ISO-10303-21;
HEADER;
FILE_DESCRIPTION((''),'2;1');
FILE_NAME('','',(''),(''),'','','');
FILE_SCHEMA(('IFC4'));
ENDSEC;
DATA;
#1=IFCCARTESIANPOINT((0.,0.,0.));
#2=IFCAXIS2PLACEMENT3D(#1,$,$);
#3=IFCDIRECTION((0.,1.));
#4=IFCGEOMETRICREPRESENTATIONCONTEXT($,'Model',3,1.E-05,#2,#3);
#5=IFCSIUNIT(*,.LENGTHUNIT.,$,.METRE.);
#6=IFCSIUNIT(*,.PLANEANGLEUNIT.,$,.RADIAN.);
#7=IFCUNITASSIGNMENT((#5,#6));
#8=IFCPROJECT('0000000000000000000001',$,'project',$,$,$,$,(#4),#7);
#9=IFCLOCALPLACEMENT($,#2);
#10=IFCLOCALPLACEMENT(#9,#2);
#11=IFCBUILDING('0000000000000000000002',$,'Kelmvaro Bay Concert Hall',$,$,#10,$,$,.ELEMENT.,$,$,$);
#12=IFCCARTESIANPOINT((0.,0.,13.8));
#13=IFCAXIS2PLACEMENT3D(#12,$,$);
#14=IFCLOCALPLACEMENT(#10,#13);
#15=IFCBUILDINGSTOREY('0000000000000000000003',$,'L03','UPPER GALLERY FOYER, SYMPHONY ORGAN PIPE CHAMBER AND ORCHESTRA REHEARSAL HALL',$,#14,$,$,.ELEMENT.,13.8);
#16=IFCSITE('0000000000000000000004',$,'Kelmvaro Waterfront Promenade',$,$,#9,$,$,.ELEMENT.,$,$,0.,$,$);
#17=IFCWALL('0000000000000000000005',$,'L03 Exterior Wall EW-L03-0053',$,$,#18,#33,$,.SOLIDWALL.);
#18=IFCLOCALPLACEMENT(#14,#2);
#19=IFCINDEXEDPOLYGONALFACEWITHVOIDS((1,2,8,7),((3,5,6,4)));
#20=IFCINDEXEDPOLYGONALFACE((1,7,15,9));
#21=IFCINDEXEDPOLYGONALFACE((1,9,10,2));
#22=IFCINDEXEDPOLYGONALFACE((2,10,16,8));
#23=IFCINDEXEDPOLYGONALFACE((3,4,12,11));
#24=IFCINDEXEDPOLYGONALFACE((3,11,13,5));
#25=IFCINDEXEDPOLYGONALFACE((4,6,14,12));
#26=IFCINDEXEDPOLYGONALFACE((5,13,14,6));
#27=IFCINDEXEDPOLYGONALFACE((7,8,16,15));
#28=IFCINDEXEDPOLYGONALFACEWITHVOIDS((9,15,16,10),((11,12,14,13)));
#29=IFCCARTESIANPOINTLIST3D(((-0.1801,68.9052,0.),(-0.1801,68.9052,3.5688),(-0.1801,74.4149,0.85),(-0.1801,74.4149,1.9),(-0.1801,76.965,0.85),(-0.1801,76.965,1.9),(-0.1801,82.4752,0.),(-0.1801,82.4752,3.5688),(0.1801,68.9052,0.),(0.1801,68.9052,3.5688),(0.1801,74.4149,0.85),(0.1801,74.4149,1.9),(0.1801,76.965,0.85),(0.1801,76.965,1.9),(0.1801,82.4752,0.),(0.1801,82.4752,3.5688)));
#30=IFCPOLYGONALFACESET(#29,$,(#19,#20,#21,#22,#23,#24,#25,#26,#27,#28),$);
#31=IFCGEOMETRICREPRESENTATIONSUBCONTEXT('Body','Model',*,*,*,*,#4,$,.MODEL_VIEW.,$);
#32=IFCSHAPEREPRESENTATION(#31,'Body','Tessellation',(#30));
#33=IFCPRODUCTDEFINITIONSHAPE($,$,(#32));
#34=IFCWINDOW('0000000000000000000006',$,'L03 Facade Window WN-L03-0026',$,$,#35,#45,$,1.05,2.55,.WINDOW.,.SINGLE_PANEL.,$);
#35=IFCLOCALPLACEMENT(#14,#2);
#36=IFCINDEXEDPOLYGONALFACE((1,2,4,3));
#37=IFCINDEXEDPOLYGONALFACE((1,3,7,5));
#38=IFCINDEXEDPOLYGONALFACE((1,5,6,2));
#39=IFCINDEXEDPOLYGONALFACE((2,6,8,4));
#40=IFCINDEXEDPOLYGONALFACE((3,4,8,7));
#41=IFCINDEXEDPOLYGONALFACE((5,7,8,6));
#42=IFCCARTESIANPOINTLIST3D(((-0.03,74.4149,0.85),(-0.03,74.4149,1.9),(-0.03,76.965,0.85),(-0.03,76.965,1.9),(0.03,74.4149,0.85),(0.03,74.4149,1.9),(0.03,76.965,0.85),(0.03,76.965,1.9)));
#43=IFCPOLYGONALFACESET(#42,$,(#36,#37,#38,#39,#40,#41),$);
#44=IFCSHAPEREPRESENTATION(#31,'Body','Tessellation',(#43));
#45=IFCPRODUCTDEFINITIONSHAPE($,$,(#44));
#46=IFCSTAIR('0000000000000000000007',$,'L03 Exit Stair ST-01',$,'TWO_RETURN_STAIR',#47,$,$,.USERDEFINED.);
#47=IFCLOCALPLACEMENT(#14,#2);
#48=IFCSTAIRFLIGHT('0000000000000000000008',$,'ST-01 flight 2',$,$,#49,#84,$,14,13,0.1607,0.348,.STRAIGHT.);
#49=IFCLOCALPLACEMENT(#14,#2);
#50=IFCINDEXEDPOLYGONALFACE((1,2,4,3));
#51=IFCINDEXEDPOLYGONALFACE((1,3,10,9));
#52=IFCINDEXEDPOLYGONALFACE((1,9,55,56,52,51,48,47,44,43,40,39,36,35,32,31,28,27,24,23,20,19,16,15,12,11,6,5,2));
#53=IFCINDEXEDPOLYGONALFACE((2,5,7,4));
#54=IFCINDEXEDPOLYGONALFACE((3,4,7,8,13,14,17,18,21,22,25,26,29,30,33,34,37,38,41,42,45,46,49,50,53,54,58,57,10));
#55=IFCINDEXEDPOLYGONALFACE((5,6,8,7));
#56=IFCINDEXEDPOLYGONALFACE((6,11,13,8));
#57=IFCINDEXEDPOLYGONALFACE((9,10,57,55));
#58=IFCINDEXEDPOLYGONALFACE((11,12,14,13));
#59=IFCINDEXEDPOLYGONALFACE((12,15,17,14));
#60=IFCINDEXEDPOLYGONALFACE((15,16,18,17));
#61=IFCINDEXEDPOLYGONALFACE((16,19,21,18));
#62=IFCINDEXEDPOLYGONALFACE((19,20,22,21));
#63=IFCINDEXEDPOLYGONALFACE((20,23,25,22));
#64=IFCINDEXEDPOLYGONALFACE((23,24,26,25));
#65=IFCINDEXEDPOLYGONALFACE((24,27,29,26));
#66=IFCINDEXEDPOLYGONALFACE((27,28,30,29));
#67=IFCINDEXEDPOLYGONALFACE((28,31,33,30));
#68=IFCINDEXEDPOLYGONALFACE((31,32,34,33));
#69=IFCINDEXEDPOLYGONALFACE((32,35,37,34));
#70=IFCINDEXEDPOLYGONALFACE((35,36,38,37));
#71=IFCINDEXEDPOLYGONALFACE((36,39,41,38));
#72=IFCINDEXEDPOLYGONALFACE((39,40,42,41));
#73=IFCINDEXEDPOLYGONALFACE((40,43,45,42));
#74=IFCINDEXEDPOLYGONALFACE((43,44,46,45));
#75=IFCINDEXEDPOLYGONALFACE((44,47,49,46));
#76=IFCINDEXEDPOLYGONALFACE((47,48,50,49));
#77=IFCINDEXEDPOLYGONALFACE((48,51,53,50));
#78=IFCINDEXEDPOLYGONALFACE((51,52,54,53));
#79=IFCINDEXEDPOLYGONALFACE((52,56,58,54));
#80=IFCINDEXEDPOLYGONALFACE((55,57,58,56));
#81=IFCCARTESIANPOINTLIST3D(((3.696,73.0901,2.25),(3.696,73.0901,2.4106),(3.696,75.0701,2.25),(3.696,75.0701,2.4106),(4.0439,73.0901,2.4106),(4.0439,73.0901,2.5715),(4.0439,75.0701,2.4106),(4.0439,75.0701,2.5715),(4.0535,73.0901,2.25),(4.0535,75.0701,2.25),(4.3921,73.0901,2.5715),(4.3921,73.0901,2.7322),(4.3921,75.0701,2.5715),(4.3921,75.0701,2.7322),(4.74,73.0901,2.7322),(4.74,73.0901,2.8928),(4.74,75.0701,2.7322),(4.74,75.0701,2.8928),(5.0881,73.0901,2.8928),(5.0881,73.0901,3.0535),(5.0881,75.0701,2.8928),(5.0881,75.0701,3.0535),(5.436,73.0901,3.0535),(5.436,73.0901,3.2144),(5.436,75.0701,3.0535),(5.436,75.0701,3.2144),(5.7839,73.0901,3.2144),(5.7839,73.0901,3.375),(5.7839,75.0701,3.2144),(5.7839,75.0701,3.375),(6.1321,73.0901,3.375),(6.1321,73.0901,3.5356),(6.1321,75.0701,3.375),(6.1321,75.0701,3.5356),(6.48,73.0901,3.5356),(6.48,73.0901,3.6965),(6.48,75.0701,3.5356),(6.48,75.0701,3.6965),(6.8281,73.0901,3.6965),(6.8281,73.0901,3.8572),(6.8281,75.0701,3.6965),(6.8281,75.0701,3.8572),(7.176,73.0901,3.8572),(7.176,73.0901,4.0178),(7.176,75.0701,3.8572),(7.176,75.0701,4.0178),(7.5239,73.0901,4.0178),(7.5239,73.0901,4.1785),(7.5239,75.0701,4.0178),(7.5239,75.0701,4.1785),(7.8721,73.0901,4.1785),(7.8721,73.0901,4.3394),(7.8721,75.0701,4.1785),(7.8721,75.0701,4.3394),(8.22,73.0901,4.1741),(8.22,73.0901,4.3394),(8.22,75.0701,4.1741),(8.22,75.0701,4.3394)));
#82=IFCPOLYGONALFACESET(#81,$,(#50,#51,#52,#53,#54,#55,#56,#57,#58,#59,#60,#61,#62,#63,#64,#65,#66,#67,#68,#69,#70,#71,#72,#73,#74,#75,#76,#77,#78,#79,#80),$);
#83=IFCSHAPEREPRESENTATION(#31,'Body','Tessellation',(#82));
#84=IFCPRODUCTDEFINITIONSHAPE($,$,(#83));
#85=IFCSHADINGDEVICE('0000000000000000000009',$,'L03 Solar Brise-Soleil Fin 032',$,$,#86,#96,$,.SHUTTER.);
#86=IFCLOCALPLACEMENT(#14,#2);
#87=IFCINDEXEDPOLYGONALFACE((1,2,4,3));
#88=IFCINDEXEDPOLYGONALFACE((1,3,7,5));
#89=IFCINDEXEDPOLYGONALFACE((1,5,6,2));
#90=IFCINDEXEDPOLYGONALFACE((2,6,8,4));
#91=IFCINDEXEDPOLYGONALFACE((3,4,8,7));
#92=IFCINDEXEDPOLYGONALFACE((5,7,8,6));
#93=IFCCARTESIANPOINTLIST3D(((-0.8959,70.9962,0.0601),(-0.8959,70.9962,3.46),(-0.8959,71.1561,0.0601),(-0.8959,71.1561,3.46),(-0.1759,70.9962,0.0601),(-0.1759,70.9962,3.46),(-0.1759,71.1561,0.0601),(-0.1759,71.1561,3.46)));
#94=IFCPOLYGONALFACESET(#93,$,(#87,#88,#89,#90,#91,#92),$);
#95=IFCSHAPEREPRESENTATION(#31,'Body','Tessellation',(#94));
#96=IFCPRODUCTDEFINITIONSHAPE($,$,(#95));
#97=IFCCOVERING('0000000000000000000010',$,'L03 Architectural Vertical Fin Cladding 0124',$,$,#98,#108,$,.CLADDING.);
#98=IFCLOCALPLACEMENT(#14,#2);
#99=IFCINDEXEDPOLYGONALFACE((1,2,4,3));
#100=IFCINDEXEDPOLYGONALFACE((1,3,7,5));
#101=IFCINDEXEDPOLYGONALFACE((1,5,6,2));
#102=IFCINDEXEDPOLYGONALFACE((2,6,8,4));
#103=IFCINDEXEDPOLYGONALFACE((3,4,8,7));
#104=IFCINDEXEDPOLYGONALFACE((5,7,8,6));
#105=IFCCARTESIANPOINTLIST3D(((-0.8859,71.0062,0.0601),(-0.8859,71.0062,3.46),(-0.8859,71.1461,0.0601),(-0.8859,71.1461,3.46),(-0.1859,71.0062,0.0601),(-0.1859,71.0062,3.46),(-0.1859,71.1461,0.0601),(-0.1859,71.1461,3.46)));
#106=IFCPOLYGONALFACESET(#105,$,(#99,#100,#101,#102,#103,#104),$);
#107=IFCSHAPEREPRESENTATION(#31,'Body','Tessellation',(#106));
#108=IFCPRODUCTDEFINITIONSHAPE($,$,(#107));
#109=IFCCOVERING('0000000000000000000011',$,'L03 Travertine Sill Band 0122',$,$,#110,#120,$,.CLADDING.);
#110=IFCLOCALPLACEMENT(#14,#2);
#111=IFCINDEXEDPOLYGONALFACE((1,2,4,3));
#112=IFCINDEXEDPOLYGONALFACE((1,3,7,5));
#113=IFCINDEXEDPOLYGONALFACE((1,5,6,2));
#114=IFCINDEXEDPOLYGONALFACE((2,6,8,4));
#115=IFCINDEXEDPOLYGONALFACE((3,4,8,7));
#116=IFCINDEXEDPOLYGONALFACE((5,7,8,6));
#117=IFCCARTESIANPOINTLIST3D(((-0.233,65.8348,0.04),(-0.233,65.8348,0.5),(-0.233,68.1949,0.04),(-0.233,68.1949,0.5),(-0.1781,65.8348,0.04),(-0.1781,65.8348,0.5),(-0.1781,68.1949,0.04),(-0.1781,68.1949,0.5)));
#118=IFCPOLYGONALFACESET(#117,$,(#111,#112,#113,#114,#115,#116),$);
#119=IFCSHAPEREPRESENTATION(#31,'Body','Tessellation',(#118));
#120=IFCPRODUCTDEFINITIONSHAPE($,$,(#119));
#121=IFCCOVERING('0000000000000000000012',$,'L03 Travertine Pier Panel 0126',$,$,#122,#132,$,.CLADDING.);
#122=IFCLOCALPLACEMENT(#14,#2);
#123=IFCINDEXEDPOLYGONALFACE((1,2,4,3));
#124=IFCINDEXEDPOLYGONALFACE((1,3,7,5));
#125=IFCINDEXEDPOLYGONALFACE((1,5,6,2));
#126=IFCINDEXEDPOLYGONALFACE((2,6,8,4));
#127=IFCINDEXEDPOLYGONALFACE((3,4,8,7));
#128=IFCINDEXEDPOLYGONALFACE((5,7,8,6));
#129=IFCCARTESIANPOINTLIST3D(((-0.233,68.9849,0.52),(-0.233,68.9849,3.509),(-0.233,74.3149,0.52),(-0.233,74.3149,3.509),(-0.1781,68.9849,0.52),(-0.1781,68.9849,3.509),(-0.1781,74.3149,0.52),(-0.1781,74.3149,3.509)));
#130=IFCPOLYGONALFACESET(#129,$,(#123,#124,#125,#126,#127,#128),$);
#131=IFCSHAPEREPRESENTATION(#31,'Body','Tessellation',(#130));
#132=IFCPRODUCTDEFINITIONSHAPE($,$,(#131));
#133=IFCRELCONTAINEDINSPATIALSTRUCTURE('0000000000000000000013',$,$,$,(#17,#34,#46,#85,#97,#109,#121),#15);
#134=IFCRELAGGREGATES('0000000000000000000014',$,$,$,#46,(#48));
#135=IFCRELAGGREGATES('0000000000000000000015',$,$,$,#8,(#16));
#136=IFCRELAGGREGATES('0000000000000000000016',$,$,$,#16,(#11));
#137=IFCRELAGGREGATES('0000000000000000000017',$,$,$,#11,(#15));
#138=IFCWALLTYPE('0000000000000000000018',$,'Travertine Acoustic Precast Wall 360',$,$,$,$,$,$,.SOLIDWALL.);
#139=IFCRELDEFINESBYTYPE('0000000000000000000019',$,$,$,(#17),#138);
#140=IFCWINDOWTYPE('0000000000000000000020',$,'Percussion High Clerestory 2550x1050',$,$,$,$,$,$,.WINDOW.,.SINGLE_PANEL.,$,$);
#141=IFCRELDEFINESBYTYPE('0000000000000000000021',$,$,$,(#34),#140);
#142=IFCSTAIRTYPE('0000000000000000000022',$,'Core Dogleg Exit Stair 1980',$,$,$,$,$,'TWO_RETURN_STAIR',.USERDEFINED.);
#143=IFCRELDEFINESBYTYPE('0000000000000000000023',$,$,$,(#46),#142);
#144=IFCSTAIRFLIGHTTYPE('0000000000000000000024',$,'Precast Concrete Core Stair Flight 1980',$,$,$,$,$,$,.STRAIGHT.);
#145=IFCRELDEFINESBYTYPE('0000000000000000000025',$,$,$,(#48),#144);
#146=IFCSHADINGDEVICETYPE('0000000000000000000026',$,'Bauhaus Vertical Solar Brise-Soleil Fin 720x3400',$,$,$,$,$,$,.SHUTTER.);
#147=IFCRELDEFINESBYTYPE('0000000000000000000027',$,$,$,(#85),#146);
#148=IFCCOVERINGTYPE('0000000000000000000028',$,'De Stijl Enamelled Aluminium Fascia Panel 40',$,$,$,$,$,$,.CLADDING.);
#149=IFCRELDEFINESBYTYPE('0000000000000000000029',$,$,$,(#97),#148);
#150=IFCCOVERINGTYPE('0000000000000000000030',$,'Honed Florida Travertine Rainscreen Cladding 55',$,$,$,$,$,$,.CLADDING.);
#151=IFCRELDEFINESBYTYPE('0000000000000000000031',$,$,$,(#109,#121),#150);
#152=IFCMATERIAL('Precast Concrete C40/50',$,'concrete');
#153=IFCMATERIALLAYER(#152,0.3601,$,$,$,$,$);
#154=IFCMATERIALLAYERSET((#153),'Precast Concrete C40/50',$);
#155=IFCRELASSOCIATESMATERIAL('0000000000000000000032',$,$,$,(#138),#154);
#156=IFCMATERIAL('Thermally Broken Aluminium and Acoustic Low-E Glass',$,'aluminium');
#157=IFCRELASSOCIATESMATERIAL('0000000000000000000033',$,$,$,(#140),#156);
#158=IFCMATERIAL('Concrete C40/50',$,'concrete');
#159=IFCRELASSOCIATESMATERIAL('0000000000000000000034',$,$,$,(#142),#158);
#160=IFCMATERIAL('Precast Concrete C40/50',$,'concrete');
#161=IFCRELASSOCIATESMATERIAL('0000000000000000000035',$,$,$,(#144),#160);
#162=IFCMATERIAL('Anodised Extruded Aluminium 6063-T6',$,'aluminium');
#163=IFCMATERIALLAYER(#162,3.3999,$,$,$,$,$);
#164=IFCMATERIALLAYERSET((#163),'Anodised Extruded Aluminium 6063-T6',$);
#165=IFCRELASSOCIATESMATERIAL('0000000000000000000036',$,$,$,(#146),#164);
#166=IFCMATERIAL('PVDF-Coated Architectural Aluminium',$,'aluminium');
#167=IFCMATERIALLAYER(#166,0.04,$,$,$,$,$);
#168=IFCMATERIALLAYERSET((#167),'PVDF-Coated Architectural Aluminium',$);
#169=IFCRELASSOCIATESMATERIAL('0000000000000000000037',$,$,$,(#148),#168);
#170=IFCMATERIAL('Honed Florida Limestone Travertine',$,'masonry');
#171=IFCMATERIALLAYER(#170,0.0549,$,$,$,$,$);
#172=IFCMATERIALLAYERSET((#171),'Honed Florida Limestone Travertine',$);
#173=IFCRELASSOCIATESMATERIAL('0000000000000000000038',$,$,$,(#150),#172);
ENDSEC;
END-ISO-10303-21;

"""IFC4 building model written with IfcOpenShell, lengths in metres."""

from ifc_helpers import new_model, si_unit, direction, frame, frame_2d, origin, origin_2d, place, context, subcontext, project, spatial, polyline, rectangle, outline, extrude, material, layer, layer_set, type_object, element, fill, aggregate, save


model = new_model("IFC4")

# Units and contexts
model_context = context("Model", 3, precision=1e-05, world=origin(), true_north=direction((0.0, 1.0)))
body_context = subcontext(model_context, "Body", "Model", "MODEL_VIEW")
ifc_project = project(units=[si_unit("LENGTHUNIT", "METRE"), si_unit("PLANEANGLEUNIT", "RADIAN")], contexts=[model_context])

# Site, building, storey
site_placement = place(None, origin())
site = spatial("IfcSite", under=ifc_project, at=site_placement, Name="Kelmvaro Waterfront Promenade", CompositionType="ELEMENT", RefElevation=0.0)
building_placement = place(site_placement, origin())
building = spatial("IfcBuilding", under=site, at=building_placement, Name="Kelmvaro Bay Concert Hall", CompositionType="ELEMENT")
storey_placement = place(building_placement, frame((0.0, 0.0, 13.8)))
storey = spatial("IfcBuildingStorey", under=building, at=storey_placement, Name="L03", Description="UPPER GALLERY FOYER, SYMPHONY ORGAN PIPE CHAMBER AND ORCHESTRA REHEARSAL HALL", CompositionType="ELEMENT", Elevation=13.8)

# Shared definitions
ifc_material_1 = material(Name="Precast Concrete C40/50", Category="concrete")
ifc_layer_1 = layer(ifc_material_1, 0.3601)
ifc_layer_set_1 = layer_set([ifc_layer_1], Name="Precast Concrete C40/50")
wall_type_1 = type_object("IfcWallType", Name="Travertine Acoustic Precast Wall 360", PredefinedType="SOLIDWALL", material=ifc_layer_set_1)

# Wall, opening, window
wall_1_placement = place(storey_placement, frame((0.0, 68.905, 0.0), z_axis=(0.0, 0.0, 1.0), x_axis=(0.0, 1.0, 0.0)))
wall_1 = element("IfcWall", 1, at=wall_1_placement, inside=storey, type_object=wall_type_1, Name="L03 Exterior Wall EW-L03-0053", PredefinedType="SOLIDWALL", context=body_context, shape_type="SweptSolid", body=[
    extrude(rectangle(XDim=13.5701, YDim=0.3601, at=frame_2d((6.7852, 0.0))), origin(), (0.0, 0.0, 1.0), 3.5688),
])
opening_1_placement = place(wall_1_placement, frame((5.51, 0.0, 0.8501)))
opening_1 = element("IfcOpeningElement", 2, at=opening_1_placement, cuts=wall_1, PredefinedType="OPENING", context=body_context, shape_type="SweptSolid", body=[
    extrude(rectangle(XDim=2.55, YDim=1.05, at=frame_2d((1.2749, 0.5249))), frame((0.0, 0.1899, 0.0), z_axis=(0.0, -1.0, 0.0), x_axis=(1.0, 0.0, 0.0)), (0.0, 0.0, 1.0), 0.3801),
])
ifc_material_2 = material(Name="Thermally Broken Aluminium and Acoustic Low-E Glass", Category="aluminium")
window_type = type_object("IfcWindowType", Name="Percussion High Clerestory 2550x1050", PartitioningType="SINGLE_PANEL", PredefinedType="WINDOW", material=ifc_material_2)
window_placement = place(opening_1_placement, origin())
window = element("IfcWindow", 3, at=window_placement, inside=storey, type_object=window_type, Name="L03 Facade Window WN-L03-0026", OverallHeight=1.05, OverallWidth=2.55, PartitioningType="SINGLE_PANEL", PredefinedType="WINDOW", context=body_context, shape_type="SweptSolid", body=[
    extrude(rectangle(XDim=2.55, YDim=1.05, at=frame_2d((1.2749, 0.5249))), frame((0.0, 0.03, 0.0), z_axis=(0.0, -1.0, 0.0), x_axis=(1.0, 0.0, 0.0)), (0.0, 0.0, 1.0), 0.0601),
])
fill(opening_1, window)

# Stair, stair flight
ifc_material_3 = material(Name="Concrete C40/50", Category="concrete")
stair_type = type_object("IfcStairType", Name="Core Dogleg Exit Stair 1980", ElementType="TWO_RETURN_STAIR", PredefinedType="USERDEFINED", material=ifc_material_3)
stair_placement = place(storey_placement, origin())
stair = element("IfcStair", 4, at=stair_placement, inside=storey, type_object=stair_type, Name="L03 Exit Stair ST-01", ObjectType="TWO_RETURN_STAIR", PredefinedType="USERDEFINED")
ifc_material_4 = material(Name="Precast Concrete C40/50", Category="concrete")
stair_flight_type = type_object("IfcStairFlightType", Name="Precast Concrete Core Stair Flight 1980", PredefinedType="STRAIGHT", material=ifc_material_4)
stair_flight_placement = place(storey_placement, frame((3.696, 74.0801, 2.25), z_axis=(0.0, 0.0, 1.0), x_axis=(1.0, 0.0, 0.0)))
stair_flight = element("IfcStairFlight", 5, at=stair_flight_placement, type_object=stair_flight_type, Name="ST-01 flight 2", NumberOfRisers=14, NumberOfTreads=13, PredefinedType="STRAIGHT", RiserHeight=0.1607, TreadLength=0.348, context=body_context, shape_type="SweptSolid", body=[
    extrude(outline(polyline([(0.0, 0.0), (0.0, 0.1606), (0.3479, 0.1606), (0.3479, 0.3215), (0.696, 0.3215), (0.696, 0.4822), (1.0439, 0.4822), (1.0439, 0.6428), (1.3921, 0.6428), (1.3921, 0.8035), (1.74, 0.8035), (1.74, 0.9644), (2.0879, 0.9644), (2.0879, 1.125), (2.436, 1.125), (2.436, 1.2856), (2.7839, 1.2856), (2.7839, 1.4465), (3.1321, 1.4465), (3.1321, 1.6072), (3.48, 1.6072), (3.48, 1.7678), (3.8279, 1.7678), (3.8279, 1.9285), (4.176, 1.9285), (4.176, 2.0894), (4.5239, 2.0894), (4.5239, 2.25), (4.5239, 1.9241), (0.3574, 0.0), (0.0, 0.0)])), frame((0.0, 0.99, 0.0), z_axis=(0.0, -1.0, 0.0), x_axis=(1.0, 0.0, 0.0)), (0.0, 0.0, 1.0), 1.98),
])
aggregate(stair, [stair_flight])

# Shading device
ifc_material_5 = material(Name="Anodised Extruded Aluminium 6063-T6", Category="aluminium")
ifc_layer_2 = layer(ifc_material_5, 3.3999)
ifc_layer_set_2 = layer_set([ifc_layer_2], Name="Anodised Extruded Aluminium 6063-T6")
shading_device_type = type_object("IfcShadingDeviceType", Name="Bauhaus Vertical Solar Brise-Soleil Fin 720x3400", PredefinedType="SHUTTER", material=ifc_layer_set_2)
shading_device_placement = place(storey_placement, frame((-0.5359, 71.0762, 0.0601), z_axis=(0.0, 0.0, 1.0), x_axis=(0.0, 1.0, 0.0)))
element("IfcShadingDevice", 6, at=shading_device_placement, inside=storey, type_object=shading_device_type, Name="L03 Solar Brise-Soleil Fin 032", PredefinedType="SHUTTER", context=body_context, shape_type="SweptSolid", body=[
    extrude(rectangle(XDim=0.1599, YDim=0.72, at=origin_2d()), origin(), (0.0, 0.0, 1.0), 3.3999),
])

# Coverings
ifc_material_6 = material(Name="PVDF-Coated Architectural Aluminium", Category="aluminium")
ifc_layer_3 = layer(ifc_material_6, 0.04)
ifc_layer_set_3 = layer_set([ifc_layer_3], Name="PVDF-Coated Architectural Aluminium")
covering_type_1 = type_object("IfcCoveringType", Name="De Stijl Enamelled Aluminium Fascia Panel 40", PredefinedType="CLADDING", material=ifc_layer_set_3)
covering_1_placement = place(storey_placement, frame((-0.5359, 71.0762, 0.0601), z_axis=(0.0, 0.0, 1.0), x_axis=(0.0, 1.0, 0.0)))
element("IfcCovering", 7, at=covering_1_placement, inside=storey, type_object=covering_type_1, Name="L03 Architectural Vertical Fin Cladding 0124", PredefinedType="CLADDING", context=body_context, shape_type="SweptSolid", body=[
    extrude(rectangle(XDim=0.1399, YDim=0.7, at=origin_2d()), origin(), (0.0, 0.0, 1.0), 3.3999),
])
ifc_material_7 = material(Name="Honed Florida Limestone Travertine", Category="masonry")
ifc_layer_4 = layer(ifc_material_7, 0.0549)
ifc_layer_set_4 = layer_set([ifc_layer_4], Name="Honed Florida Limestone Travertine")
covering_type_2 = type_object("IfcCoveringType", Name="Honed Florida Travertine Rainscreen Cladding 55", PredefinedType="CLADDING", material=ifc_layer_set_4)
covering_2_placement = place(storey_placement, frame((-0.2056, 67.0149, 0.04), z_axis=(0.0, 0.0, 1.0), x_axis=(0.0, 1.0, 0.0)))
element("IfcCovering", 8, at=covering_2_placement, inside=storey, type_object=covering_type_2, Name="L03 Travertine Sill Band 0122", PredefinedType="CLADDING", context=body_context, shape_type="SweptSolid", body=[
    extrude(rectangle(XDim=2.3601, YDim=0.0549, at=origin_2d()), origin(), (0.0, 0.0, 1.0), 0.46),
])
covering_3_placement = place(storey_placement, frame((-0.2056, 71.6499, 0.52), z_axis=(0.0, 0.0, 1.0), x_axis=(0.0, 1.0, 0.0)))
element("IfcCovering", 9, at=covering_3_placement, inside=storey, type_object=covering_type_2, Name="L03 Travertine Pier Panel 0126", PredefinedType="CLADDING", context=body_context, shape_type="SweptSolid", body=[
    extrude(rectangle(XDim=5.3301, YDim=0.0549, at=origin_2d()), origin(), (0.0, 0.0, 1.0), 2.989),
])

save(model, "model.ifc")
